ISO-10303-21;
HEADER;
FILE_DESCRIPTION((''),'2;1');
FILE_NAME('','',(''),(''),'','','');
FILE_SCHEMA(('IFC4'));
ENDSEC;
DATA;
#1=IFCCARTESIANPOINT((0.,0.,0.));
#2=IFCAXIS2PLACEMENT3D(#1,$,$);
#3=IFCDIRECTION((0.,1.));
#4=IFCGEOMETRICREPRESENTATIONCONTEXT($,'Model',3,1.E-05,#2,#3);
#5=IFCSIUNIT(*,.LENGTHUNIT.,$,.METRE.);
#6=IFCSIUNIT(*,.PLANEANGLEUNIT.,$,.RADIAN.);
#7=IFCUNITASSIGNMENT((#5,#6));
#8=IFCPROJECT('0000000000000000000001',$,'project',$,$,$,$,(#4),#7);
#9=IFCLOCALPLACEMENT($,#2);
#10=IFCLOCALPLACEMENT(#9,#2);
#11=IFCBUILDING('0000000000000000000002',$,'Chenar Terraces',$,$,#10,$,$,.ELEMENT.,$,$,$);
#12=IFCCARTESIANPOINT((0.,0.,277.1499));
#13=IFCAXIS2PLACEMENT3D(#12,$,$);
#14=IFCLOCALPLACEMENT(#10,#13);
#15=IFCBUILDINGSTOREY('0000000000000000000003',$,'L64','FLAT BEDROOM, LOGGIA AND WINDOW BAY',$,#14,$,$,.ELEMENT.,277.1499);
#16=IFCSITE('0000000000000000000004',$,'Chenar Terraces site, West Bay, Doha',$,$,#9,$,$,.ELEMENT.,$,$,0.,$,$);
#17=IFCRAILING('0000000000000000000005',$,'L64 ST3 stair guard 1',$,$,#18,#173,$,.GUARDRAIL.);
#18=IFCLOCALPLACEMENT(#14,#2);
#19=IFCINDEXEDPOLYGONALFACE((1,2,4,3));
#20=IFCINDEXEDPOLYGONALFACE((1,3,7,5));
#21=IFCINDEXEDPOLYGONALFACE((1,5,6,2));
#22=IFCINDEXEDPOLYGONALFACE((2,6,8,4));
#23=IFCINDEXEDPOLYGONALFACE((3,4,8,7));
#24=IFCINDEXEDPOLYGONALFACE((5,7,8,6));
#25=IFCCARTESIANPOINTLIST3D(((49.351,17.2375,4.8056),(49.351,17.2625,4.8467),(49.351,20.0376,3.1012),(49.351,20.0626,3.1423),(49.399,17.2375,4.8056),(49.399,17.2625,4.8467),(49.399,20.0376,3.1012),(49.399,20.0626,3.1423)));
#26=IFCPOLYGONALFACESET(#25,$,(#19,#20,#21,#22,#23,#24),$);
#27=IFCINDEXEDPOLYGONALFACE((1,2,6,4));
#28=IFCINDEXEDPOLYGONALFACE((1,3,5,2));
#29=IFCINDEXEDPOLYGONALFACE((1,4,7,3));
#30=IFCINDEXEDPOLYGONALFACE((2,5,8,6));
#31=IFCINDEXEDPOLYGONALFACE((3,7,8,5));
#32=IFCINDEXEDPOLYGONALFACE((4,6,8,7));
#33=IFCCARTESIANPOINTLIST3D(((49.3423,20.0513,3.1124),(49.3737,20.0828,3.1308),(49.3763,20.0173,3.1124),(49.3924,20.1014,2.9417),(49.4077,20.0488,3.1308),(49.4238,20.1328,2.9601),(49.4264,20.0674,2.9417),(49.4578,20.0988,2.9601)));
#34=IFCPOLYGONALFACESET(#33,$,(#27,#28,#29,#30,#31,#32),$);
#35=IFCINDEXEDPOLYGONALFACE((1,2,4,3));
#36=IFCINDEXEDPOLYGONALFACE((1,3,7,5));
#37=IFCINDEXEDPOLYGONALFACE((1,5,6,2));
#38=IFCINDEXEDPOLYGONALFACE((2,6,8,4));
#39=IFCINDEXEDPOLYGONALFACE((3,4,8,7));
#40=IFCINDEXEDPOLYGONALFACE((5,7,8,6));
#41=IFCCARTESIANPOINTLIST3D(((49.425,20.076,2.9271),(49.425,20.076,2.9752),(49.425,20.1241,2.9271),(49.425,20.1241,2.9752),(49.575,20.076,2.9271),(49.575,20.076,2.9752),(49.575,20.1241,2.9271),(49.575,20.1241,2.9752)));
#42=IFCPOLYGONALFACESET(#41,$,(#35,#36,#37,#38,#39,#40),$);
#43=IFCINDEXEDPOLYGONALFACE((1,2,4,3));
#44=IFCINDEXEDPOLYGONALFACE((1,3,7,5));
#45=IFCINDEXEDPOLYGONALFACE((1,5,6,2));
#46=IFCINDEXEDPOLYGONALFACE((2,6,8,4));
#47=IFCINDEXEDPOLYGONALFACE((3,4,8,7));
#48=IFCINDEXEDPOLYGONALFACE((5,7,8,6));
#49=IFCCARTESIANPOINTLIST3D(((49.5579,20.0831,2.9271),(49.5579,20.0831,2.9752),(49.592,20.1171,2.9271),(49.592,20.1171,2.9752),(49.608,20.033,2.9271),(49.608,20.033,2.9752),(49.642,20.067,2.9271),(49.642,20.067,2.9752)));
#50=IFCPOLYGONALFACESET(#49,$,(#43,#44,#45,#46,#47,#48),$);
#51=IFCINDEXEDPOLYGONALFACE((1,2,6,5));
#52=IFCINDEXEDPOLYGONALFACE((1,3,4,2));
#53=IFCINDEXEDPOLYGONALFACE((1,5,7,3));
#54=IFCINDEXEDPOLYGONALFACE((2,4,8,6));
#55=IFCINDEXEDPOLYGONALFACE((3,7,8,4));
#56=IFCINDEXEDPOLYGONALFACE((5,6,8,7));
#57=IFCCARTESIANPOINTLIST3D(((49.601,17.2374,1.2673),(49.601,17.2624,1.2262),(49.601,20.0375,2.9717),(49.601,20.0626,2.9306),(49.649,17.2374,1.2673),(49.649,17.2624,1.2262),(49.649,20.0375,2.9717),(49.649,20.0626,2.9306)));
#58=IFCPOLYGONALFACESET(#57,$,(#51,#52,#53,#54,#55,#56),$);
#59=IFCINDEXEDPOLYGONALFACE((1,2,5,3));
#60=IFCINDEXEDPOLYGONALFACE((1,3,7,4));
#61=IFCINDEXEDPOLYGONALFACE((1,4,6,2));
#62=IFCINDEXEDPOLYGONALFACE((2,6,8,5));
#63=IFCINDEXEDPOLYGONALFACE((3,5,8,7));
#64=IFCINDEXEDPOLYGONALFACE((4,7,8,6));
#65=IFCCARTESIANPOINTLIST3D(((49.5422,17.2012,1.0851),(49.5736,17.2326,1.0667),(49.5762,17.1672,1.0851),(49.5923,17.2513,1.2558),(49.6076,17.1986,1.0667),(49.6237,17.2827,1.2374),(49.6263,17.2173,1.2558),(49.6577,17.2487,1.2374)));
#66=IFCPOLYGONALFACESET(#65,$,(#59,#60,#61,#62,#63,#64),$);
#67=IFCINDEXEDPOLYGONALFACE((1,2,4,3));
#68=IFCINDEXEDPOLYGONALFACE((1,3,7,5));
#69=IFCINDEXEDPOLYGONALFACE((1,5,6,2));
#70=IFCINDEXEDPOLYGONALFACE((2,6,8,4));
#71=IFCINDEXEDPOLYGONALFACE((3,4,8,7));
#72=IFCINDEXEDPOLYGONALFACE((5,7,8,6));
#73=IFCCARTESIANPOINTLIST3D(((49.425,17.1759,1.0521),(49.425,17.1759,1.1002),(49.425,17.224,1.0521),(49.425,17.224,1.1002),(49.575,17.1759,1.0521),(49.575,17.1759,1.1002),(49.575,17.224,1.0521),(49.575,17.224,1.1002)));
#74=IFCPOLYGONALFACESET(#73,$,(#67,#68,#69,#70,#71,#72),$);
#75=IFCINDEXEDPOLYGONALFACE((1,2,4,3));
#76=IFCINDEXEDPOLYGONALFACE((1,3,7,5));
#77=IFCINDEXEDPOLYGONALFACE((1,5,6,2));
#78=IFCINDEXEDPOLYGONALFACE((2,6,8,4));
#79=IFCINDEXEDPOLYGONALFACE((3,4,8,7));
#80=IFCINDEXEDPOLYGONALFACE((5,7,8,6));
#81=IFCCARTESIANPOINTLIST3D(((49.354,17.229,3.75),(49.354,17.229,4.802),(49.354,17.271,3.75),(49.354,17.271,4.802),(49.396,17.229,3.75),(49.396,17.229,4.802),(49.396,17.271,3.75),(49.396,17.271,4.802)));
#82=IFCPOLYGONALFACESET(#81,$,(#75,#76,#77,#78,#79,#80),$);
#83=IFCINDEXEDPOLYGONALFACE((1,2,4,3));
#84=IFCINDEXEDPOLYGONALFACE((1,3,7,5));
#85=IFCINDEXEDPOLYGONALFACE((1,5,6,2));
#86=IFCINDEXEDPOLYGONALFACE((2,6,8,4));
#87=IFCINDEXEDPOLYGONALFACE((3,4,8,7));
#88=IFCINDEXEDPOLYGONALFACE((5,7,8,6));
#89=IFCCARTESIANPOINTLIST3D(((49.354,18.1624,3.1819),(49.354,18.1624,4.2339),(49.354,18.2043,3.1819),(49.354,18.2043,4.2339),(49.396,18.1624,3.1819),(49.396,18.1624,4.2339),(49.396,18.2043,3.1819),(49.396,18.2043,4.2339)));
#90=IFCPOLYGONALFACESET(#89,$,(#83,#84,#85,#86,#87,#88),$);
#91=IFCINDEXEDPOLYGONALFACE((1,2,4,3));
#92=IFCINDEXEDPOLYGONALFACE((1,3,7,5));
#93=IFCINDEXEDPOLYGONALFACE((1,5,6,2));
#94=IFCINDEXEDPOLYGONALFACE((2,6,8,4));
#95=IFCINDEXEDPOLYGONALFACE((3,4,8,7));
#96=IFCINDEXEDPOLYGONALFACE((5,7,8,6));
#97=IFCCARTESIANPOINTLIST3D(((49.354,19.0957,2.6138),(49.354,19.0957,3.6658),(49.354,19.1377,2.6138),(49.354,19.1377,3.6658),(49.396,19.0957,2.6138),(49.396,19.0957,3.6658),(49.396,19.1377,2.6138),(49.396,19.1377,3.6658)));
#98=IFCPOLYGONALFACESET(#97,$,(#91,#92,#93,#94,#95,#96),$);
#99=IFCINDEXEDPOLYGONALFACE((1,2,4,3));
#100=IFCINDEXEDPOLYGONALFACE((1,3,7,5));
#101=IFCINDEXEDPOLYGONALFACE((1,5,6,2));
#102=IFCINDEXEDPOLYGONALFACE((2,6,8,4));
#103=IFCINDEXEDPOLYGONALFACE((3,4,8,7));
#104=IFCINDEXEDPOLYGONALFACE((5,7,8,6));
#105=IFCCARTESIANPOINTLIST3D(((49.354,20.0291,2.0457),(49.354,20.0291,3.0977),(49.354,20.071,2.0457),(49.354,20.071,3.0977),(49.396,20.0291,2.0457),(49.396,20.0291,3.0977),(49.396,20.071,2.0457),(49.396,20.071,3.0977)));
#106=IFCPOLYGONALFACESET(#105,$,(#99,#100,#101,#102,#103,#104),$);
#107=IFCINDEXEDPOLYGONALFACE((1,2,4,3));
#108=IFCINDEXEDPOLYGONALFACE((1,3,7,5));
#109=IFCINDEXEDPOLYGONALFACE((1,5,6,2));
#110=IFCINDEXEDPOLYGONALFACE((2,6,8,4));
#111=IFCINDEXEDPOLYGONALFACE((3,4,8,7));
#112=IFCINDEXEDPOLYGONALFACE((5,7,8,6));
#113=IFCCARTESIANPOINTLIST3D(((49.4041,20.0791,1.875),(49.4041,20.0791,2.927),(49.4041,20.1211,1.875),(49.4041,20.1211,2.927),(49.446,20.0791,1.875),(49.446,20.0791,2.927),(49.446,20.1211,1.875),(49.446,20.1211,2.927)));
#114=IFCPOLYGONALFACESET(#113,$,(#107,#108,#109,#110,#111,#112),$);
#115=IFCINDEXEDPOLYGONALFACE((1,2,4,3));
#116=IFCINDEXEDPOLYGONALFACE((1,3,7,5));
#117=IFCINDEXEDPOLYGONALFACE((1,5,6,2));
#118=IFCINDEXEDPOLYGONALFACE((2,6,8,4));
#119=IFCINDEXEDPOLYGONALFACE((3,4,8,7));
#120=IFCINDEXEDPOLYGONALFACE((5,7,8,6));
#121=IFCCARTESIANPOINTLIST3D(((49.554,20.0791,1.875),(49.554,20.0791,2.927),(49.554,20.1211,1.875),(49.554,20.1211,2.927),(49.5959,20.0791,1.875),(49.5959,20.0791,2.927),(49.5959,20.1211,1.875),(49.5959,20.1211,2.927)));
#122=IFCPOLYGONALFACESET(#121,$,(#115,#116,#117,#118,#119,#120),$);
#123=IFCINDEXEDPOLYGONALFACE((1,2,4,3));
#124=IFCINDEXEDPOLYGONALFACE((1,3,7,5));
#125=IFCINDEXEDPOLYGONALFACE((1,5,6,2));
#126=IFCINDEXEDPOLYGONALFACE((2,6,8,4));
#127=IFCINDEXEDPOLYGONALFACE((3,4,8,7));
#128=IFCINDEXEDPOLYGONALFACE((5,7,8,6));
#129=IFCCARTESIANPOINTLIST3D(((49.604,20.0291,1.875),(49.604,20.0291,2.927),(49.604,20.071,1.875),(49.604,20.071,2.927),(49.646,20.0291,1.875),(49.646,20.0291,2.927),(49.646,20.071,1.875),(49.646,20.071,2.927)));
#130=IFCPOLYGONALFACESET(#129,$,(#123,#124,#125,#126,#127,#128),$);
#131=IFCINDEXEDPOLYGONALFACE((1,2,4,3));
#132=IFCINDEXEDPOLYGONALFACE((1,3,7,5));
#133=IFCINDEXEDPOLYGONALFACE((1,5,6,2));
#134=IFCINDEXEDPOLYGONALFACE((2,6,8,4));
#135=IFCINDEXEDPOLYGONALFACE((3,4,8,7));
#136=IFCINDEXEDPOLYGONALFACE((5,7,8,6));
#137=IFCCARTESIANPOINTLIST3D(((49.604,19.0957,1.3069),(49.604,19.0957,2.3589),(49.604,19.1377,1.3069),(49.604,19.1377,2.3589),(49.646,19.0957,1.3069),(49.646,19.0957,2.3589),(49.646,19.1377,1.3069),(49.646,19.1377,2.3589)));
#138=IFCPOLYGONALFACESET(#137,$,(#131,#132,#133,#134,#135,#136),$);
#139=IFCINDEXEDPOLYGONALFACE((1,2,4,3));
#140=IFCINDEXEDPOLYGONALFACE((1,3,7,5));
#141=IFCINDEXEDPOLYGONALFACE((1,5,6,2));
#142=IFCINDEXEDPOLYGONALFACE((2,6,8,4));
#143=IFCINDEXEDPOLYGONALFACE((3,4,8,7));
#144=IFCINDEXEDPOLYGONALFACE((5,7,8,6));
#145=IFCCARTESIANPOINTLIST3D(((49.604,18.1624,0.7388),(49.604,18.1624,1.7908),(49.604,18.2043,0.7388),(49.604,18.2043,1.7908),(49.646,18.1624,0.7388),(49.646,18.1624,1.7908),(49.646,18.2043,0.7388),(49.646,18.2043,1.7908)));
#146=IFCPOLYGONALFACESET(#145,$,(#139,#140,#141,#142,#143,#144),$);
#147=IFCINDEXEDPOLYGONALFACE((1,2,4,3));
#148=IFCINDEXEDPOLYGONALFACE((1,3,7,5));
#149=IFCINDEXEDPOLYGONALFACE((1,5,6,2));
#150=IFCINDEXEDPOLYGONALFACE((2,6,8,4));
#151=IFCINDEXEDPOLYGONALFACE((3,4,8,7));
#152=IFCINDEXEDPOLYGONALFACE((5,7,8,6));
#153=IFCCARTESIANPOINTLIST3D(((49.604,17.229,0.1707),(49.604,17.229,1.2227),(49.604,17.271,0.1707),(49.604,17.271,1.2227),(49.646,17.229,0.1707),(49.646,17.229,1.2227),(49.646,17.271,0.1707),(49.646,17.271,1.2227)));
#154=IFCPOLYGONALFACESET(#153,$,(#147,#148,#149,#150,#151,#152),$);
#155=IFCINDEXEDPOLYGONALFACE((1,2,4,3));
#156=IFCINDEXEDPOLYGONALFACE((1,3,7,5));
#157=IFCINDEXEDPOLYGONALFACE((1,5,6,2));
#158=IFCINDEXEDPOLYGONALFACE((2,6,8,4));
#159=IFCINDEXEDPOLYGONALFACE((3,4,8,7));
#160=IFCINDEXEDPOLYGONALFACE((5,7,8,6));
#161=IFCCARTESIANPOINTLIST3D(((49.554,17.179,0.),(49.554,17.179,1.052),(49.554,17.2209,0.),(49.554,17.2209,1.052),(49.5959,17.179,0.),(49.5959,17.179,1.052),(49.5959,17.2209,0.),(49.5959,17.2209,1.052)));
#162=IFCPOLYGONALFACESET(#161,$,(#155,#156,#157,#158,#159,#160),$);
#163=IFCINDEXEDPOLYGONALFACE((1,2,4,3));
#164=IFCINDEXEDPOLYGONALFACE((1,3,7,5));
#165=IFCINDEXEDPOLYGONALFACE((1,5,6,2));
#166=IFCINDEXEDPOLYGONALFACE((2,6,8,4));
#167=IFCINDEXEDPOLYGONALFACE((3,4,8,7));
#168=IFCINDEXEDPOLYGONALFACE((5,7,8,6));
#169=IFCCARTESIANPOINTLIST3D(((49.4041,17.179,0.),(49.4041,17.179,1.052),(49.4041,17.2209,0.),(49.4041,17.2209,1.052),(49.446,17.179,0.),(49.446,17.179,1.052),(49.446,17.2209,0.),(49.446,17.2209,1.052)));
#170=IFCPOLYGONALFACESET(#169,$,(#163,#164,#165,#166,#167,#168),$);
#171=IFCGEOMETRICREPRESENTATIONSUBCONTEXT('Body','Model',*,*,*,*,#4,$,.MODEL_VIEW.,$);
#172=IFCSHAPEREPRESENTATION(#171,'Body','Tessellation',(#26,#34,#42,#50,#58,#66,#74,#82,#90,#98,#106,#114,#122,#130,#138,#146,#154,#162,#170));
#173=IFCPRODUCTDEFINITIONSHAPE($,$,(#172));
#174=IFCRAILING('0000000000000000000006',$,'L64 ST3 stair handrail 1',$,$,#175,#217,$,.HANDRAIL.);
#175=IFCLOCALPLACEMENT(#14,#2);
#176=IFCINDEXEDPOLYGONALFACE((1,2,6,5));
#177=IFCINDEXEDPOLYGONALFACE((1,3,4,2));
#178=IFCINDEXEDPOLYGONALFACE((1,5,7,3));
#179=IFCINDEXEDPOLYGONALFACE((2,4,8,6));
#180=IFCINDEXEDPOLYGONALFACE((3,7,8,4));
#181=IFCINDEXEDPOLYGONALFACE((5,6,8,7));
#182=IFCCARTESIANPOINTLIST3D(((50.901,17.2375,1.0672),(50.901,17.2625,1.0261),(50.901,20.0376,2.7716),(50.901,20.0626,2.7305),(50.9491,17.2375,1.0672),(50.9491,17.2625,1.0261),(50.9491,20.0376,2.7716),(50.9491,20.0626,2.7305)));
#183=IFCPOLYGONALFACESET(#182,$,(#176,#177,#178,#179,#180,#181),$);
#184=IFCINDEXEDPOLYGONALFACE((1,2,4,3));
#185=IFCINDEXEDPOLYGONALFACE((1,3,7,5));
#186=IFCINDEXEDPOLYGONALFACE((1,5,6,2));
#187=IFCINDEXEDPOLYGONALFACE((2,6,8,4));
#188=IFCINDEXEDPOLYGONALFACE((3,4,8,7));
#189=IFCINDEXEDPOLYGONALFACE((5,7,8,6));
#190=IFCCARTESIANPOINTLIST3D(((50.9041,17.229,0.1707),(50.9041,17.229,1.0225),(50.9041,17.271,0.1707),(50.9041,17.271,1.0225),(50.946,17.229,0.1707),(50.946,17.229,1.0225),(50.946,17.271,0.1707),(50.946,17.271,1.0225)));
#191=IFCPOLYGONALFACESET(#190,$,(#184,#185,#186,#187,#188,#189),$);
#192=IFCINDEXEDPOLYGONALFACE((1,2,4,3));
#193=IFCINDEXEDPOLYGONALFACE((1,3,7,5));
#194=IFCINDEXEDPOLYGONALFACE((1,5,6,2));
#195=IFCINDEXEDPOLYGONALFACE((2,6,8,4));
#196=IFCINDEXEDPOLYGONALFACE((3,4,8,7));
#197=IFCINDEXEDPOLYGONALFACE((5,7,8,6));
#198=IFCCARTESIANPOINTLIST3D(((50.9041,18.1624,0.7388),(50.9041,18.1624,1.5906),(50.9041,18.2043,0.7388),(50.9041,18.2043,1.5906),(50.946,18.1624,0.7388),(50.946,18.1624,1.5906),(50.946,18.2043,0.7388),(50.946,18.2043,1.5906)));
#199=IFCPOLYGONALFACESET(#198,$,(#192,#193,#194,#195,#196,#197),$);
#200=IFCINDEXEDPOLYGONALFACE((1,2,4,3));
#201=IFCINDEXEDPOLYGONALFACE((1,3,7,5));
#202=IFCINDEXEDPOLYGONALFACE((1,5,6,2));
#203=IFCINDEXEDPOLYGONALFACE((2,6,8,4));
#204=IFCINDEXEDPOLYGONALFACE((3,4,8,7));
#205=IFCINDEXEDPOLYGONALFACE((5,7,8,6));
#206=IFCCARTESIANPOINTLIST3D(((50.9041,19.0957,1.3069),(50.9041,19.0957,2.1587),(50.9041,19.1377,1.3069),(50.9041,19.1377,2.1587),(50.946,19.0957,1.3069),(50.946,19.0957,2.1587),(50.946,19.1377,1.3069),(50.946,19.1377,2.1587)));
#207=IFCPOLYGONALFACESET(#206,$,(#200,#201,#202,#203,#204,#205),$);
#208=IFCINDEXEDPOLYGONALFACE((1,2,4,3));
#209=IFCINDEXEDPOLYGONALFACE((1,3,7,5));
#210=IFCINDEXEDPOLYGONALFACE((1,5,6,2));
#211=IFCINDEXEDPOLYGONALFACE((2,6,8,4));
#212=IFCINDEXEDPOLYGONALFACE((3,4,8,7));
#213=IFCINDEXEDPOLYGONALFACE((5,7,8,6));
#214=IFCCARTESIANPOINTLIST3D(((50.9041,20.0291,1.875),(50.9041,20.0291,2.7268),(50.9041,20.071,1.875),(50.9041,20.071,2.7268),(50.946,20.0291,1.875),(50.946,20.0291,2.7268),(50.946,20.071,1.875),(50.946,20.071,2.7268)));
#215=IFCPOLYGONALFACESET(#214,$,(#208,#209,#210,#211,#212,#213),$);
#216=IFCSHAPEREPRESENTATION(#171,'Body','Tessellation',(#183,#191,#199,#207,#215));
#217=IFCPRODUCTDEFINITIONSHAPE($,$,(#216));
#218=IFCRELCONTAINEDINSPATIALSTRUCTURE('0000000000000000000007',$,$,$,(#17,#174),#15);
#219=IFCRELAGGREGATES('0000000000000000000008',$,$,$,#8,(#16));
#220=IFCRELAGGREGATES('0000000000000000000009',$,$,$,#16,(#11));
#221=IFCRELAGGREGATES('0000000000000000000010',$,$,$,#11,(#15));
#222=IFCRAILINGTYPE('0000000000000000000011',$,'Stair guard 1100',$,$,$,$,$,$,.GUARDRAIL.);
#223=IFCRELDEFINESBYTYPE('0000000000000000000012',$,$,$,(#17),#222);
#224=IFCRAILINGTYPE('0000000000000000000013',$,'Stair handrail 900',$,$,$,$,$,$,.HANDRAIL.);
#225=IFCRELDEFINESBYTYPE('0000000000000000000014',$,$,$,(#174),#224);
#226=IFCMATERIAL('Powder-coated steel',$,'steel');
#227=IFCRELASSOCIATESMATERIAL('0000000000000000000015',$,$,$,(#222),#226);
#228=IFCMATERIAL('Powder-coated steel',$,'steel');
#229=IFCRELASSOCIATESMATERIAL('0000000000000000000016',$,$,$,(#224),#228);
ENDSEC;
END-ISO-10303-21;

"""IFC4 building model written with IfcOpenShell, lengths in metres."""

from ifc_helpers import new_model, si_unit, direction, frame, origin, origin_2d, place, context, subcontext, project, spatial, rectangle, extrude, material, type_object, element, save


model = new_model("IFC4")

# Units and contexts
model_context = context("Model", 3, precision=1e-05, world=origin(), true_north=direction((0.0, 1.0)))
body_context = subcontext(model_context, "Body", "Model", "MODEL_VIEW")
ifc_project = project(units=[si_unit("LENGTHUNIT", "METRE"), si_unit("PLANEANGLEUNIT", "RADIAN")], contexts=[model_context])

# Site, building, storey
site_placement = place(None, origin())
site = spatial("IfcSite", under=ifc_project, at=site_placement, Name="Chenar Terraces site, West Bay, Doha", CompositionType="ELEMENT", RefElevation=0.0)
building_placement = place(site_placement, origin())
building = spatial("IfcBuilding", under=site, at=building_placement, Name="Chenar Terraces", CompositionType="ELEMENT")
storey_placement = place(building_placement, frame((0.0, 0.0, 277.1499)))
storey = spatial("IfcBuildingStorey", under=building, at=storey_placement, Name="L64", Description="FLAT BEDROOM, LOGGIA AND WINDOW BAY", CompositionType="ELEMENT", Elevation=277.1499)

# Railings
ifc_material_1 = material(Name="Powder-coated steel", Category="steel")
railing_type_1 = type_object("IfcRailingType", Name="Stair guard 1100", PredefinedType="GUARDRAIL", material=ifc_material_1)
railing_1_placement = place(storey_placement, frame((49.375, 17.25, 3.75)))
element("IfcRailing", 1, at=railing_1_placement, inside=storey, type_object=railing_type_1, Name="L64 ST3 stair guard 1", PredefinedType="GUARDRAIL", context=body_context, shape_type="SweptSolid", body=[
    extrude(rectangle(XDim=0.0481, YDim=0.0481, at=origin_2d()), frame((0.0, 0.0, 1.0762), z_axis=(0.0, 0.854203, -0.51994), x_axis=(-1.0, 0.0, 0.0)), (0.0, 0.0, 1.0), 3.2781),
    extrude(rectangle(XDim=0.0481, YDim=0.0481, at=origin_2d()), frame((0.0, 2.8, -0.6284), z_axis=(0.2709, 0.2709, -0.923703), x_axis=(-0.707107, 0.707107, 0.0)), (0.0, 0.0, 1.0), 0.1848),
    extrude(rectangle(XDim=0.0481, YDim=0.0481, at=origin_2d()), frame((0.05, 2.8501, -0.7988), z_axis=(1.0, 0.0, 0.0), x_axis=(0.0, 1.0, 0.0)), (0.0, 0.0, 1.0), 0.1499),
    extrude(rectangle(XDim=0.0481, YDim=0.0481, at=origin_2d()), frame((0.2, 2.8501, -0.7988), z_axis=(0.707107, -0.707107, 0.0), x_axis=(0.707107, 0.707107, 0.0)), (0.0, 0.0, 1.0), 0.0708),
    extrude(rectangle(XDim=0.0481, YDim=0.0481, at=origin_2d()), frame((0.25, 2.8, -0.7988), z_axis=(0.0, -0.854203, -0.51994), x_axis=(1.0, 0.0, 0.0)), (0.0, 0.0, 1.0), 3.2781),
    extrude(rectangle(XDim=0.0481, YDim=0.0481, at=origin_2d()), frame((0.25, 0.0, -2.5034), z_axis=(-0.2709, -0.2709, -0.923703), x_axis=(0.707107, -0.707107, 0.0)), (0.0, 0.0, 1.0), 0.1848),
    extrude(rectangle(XDim=0.0481, YDim=0.0481, at=origin_2d()), frame((0.2, -0.05, -2.6738), z_axis=(-1.0, 0.0, 0.0), x_axis=(0.0, -1.0, 0.0)), (0.0, 0.0, 1.0), 0.1499),
    extrude(rectangle(XDim=0.042, YDim=0.042, at=origin_2d()), origin(), (0.0, 0.0, 1.0), 1.052),
    extrude(rectangle(XDim=0.042, YDim=0.042, at=origin_2d()), frame((0.0, 0.9333, -0.5681)), (0.0, 0.0, 1.0), 1.052),
    extrude(rectangle(XDim=0.042, YDim=0.042, at=origin_2d()), frame((0.0, 1.8667, -1.1362)), (0.0, 0.0, 1.0), 1.052),
    extrude(rectangle(XDim=0.042, YDim=0.042, at=origin_2d()), frame((0.0, 2.8, -1.7043)), (0.0, 0.0, 1.0), 1.052),
    extrude(rectangle(XDim=0.042, YDim=0.042, at=origin_2d()), frame((0.05, 2.8501, -1.875)), (0.0, 0.0, 1.0), 1.052),
    extrude(rectangle(XDim=0.042, YDim=0.042, at=origin_2d()), frame((0.2, 2.8501, -1.875)), (0.0, 0.0, 1.0), 1.052),
    extrude(rectangle(XDim=0.042, YDim=0.042, at=origin_2d()), frame((0.25, 2.8, -1.875)), (0.0, 0.0, 1.0), 1.052),
    extrude(rectangle(XDim=0.042, YDim=0.042, at=origin_2d()), frame((0.25, 1.8667, -2.4431)), (0.0, 0.0, 1.0), 1.052),
    extrude(rectangle(XDim=0.042, YDim=0.042, at=origin_2d()), frame((0.25, 0.9333, -3.0112)), (0.0, 0.0, 1.0), 1.052),
    extrude(rectangle(XDim=0.042, YDim=0.042, at=origin_2d()), frame((0.25, 0.0, -3.5793)), (0.0, 0.0, 1.0), 1.052),
    extrude(rectangle(XDim=0.042, YDim=0.042, at=origin_2d()), frame((0.2, -0.05, -3.75)), (0.0, 0.0, 1.0), 1.052),
    extrude(rectangle(XDim=0.042, YDim=0.042, at=origin_2d()), frame((0.05, -0.05, -3.75)), (0.0, 0.0, 1.0), 1.052),
])
ifc_material_2 = material(Name="Powder-coated steel", Category="steel")
railing_type_2 = type_object("IfcRailingType", Name="Stair handrail 900", PredefinedType="HANDRAIL", material=ifc_material_2)
railing_2_placement = place(storey_placement, frame((50.925, 17.25, 0.1707)))
element("IfcRailing", 2, at=railing_2_placement, inside=storey, type_object=railing_type_2, Name="L64 ST3 stair handrail 1", PredefinedType="HANDRAIL", context=body_context, shape_type="SweptSolid", body=[
    extrude(rectangle(XDim=0.0481, YDim=0.0481, at=origin_2d()), frame((0.0, 0.0, 0.876), z_axis=(0.0, 0.854203, 0.51994), x_axis=(-1.0, 0.0, 0.0)), (0.0, 0.0, 1.0), 3.2781),
    extrude(rectangle(XDim=0.042, YDim=0.042, at=origin_2d()), origin(), (0.0, 0.0, 1.0), 0.8518),
    extrude(rectangle(XDim=0.042, YDim=0.042, at=origin_2d()), frame((0.0, 0.9333, 0.5681)), (0.0, 0.0, 1.0), 0.8518),
    extrude(rectangle(XDim=0.042, YDim=0.042, at=origin_2d()), frame((0.0, 1.8667, 1.1362)), (0.0, 0.0, 1.0), 0.8518),
    extrude(rectangle(XDim=0.042, YDim=0.042, at=origin_2d()), frame((0.0, 2.8, 1.7043)), (0.0, 0.0, 1.0), 0.8518),
])

save(model, "model.ifc")
